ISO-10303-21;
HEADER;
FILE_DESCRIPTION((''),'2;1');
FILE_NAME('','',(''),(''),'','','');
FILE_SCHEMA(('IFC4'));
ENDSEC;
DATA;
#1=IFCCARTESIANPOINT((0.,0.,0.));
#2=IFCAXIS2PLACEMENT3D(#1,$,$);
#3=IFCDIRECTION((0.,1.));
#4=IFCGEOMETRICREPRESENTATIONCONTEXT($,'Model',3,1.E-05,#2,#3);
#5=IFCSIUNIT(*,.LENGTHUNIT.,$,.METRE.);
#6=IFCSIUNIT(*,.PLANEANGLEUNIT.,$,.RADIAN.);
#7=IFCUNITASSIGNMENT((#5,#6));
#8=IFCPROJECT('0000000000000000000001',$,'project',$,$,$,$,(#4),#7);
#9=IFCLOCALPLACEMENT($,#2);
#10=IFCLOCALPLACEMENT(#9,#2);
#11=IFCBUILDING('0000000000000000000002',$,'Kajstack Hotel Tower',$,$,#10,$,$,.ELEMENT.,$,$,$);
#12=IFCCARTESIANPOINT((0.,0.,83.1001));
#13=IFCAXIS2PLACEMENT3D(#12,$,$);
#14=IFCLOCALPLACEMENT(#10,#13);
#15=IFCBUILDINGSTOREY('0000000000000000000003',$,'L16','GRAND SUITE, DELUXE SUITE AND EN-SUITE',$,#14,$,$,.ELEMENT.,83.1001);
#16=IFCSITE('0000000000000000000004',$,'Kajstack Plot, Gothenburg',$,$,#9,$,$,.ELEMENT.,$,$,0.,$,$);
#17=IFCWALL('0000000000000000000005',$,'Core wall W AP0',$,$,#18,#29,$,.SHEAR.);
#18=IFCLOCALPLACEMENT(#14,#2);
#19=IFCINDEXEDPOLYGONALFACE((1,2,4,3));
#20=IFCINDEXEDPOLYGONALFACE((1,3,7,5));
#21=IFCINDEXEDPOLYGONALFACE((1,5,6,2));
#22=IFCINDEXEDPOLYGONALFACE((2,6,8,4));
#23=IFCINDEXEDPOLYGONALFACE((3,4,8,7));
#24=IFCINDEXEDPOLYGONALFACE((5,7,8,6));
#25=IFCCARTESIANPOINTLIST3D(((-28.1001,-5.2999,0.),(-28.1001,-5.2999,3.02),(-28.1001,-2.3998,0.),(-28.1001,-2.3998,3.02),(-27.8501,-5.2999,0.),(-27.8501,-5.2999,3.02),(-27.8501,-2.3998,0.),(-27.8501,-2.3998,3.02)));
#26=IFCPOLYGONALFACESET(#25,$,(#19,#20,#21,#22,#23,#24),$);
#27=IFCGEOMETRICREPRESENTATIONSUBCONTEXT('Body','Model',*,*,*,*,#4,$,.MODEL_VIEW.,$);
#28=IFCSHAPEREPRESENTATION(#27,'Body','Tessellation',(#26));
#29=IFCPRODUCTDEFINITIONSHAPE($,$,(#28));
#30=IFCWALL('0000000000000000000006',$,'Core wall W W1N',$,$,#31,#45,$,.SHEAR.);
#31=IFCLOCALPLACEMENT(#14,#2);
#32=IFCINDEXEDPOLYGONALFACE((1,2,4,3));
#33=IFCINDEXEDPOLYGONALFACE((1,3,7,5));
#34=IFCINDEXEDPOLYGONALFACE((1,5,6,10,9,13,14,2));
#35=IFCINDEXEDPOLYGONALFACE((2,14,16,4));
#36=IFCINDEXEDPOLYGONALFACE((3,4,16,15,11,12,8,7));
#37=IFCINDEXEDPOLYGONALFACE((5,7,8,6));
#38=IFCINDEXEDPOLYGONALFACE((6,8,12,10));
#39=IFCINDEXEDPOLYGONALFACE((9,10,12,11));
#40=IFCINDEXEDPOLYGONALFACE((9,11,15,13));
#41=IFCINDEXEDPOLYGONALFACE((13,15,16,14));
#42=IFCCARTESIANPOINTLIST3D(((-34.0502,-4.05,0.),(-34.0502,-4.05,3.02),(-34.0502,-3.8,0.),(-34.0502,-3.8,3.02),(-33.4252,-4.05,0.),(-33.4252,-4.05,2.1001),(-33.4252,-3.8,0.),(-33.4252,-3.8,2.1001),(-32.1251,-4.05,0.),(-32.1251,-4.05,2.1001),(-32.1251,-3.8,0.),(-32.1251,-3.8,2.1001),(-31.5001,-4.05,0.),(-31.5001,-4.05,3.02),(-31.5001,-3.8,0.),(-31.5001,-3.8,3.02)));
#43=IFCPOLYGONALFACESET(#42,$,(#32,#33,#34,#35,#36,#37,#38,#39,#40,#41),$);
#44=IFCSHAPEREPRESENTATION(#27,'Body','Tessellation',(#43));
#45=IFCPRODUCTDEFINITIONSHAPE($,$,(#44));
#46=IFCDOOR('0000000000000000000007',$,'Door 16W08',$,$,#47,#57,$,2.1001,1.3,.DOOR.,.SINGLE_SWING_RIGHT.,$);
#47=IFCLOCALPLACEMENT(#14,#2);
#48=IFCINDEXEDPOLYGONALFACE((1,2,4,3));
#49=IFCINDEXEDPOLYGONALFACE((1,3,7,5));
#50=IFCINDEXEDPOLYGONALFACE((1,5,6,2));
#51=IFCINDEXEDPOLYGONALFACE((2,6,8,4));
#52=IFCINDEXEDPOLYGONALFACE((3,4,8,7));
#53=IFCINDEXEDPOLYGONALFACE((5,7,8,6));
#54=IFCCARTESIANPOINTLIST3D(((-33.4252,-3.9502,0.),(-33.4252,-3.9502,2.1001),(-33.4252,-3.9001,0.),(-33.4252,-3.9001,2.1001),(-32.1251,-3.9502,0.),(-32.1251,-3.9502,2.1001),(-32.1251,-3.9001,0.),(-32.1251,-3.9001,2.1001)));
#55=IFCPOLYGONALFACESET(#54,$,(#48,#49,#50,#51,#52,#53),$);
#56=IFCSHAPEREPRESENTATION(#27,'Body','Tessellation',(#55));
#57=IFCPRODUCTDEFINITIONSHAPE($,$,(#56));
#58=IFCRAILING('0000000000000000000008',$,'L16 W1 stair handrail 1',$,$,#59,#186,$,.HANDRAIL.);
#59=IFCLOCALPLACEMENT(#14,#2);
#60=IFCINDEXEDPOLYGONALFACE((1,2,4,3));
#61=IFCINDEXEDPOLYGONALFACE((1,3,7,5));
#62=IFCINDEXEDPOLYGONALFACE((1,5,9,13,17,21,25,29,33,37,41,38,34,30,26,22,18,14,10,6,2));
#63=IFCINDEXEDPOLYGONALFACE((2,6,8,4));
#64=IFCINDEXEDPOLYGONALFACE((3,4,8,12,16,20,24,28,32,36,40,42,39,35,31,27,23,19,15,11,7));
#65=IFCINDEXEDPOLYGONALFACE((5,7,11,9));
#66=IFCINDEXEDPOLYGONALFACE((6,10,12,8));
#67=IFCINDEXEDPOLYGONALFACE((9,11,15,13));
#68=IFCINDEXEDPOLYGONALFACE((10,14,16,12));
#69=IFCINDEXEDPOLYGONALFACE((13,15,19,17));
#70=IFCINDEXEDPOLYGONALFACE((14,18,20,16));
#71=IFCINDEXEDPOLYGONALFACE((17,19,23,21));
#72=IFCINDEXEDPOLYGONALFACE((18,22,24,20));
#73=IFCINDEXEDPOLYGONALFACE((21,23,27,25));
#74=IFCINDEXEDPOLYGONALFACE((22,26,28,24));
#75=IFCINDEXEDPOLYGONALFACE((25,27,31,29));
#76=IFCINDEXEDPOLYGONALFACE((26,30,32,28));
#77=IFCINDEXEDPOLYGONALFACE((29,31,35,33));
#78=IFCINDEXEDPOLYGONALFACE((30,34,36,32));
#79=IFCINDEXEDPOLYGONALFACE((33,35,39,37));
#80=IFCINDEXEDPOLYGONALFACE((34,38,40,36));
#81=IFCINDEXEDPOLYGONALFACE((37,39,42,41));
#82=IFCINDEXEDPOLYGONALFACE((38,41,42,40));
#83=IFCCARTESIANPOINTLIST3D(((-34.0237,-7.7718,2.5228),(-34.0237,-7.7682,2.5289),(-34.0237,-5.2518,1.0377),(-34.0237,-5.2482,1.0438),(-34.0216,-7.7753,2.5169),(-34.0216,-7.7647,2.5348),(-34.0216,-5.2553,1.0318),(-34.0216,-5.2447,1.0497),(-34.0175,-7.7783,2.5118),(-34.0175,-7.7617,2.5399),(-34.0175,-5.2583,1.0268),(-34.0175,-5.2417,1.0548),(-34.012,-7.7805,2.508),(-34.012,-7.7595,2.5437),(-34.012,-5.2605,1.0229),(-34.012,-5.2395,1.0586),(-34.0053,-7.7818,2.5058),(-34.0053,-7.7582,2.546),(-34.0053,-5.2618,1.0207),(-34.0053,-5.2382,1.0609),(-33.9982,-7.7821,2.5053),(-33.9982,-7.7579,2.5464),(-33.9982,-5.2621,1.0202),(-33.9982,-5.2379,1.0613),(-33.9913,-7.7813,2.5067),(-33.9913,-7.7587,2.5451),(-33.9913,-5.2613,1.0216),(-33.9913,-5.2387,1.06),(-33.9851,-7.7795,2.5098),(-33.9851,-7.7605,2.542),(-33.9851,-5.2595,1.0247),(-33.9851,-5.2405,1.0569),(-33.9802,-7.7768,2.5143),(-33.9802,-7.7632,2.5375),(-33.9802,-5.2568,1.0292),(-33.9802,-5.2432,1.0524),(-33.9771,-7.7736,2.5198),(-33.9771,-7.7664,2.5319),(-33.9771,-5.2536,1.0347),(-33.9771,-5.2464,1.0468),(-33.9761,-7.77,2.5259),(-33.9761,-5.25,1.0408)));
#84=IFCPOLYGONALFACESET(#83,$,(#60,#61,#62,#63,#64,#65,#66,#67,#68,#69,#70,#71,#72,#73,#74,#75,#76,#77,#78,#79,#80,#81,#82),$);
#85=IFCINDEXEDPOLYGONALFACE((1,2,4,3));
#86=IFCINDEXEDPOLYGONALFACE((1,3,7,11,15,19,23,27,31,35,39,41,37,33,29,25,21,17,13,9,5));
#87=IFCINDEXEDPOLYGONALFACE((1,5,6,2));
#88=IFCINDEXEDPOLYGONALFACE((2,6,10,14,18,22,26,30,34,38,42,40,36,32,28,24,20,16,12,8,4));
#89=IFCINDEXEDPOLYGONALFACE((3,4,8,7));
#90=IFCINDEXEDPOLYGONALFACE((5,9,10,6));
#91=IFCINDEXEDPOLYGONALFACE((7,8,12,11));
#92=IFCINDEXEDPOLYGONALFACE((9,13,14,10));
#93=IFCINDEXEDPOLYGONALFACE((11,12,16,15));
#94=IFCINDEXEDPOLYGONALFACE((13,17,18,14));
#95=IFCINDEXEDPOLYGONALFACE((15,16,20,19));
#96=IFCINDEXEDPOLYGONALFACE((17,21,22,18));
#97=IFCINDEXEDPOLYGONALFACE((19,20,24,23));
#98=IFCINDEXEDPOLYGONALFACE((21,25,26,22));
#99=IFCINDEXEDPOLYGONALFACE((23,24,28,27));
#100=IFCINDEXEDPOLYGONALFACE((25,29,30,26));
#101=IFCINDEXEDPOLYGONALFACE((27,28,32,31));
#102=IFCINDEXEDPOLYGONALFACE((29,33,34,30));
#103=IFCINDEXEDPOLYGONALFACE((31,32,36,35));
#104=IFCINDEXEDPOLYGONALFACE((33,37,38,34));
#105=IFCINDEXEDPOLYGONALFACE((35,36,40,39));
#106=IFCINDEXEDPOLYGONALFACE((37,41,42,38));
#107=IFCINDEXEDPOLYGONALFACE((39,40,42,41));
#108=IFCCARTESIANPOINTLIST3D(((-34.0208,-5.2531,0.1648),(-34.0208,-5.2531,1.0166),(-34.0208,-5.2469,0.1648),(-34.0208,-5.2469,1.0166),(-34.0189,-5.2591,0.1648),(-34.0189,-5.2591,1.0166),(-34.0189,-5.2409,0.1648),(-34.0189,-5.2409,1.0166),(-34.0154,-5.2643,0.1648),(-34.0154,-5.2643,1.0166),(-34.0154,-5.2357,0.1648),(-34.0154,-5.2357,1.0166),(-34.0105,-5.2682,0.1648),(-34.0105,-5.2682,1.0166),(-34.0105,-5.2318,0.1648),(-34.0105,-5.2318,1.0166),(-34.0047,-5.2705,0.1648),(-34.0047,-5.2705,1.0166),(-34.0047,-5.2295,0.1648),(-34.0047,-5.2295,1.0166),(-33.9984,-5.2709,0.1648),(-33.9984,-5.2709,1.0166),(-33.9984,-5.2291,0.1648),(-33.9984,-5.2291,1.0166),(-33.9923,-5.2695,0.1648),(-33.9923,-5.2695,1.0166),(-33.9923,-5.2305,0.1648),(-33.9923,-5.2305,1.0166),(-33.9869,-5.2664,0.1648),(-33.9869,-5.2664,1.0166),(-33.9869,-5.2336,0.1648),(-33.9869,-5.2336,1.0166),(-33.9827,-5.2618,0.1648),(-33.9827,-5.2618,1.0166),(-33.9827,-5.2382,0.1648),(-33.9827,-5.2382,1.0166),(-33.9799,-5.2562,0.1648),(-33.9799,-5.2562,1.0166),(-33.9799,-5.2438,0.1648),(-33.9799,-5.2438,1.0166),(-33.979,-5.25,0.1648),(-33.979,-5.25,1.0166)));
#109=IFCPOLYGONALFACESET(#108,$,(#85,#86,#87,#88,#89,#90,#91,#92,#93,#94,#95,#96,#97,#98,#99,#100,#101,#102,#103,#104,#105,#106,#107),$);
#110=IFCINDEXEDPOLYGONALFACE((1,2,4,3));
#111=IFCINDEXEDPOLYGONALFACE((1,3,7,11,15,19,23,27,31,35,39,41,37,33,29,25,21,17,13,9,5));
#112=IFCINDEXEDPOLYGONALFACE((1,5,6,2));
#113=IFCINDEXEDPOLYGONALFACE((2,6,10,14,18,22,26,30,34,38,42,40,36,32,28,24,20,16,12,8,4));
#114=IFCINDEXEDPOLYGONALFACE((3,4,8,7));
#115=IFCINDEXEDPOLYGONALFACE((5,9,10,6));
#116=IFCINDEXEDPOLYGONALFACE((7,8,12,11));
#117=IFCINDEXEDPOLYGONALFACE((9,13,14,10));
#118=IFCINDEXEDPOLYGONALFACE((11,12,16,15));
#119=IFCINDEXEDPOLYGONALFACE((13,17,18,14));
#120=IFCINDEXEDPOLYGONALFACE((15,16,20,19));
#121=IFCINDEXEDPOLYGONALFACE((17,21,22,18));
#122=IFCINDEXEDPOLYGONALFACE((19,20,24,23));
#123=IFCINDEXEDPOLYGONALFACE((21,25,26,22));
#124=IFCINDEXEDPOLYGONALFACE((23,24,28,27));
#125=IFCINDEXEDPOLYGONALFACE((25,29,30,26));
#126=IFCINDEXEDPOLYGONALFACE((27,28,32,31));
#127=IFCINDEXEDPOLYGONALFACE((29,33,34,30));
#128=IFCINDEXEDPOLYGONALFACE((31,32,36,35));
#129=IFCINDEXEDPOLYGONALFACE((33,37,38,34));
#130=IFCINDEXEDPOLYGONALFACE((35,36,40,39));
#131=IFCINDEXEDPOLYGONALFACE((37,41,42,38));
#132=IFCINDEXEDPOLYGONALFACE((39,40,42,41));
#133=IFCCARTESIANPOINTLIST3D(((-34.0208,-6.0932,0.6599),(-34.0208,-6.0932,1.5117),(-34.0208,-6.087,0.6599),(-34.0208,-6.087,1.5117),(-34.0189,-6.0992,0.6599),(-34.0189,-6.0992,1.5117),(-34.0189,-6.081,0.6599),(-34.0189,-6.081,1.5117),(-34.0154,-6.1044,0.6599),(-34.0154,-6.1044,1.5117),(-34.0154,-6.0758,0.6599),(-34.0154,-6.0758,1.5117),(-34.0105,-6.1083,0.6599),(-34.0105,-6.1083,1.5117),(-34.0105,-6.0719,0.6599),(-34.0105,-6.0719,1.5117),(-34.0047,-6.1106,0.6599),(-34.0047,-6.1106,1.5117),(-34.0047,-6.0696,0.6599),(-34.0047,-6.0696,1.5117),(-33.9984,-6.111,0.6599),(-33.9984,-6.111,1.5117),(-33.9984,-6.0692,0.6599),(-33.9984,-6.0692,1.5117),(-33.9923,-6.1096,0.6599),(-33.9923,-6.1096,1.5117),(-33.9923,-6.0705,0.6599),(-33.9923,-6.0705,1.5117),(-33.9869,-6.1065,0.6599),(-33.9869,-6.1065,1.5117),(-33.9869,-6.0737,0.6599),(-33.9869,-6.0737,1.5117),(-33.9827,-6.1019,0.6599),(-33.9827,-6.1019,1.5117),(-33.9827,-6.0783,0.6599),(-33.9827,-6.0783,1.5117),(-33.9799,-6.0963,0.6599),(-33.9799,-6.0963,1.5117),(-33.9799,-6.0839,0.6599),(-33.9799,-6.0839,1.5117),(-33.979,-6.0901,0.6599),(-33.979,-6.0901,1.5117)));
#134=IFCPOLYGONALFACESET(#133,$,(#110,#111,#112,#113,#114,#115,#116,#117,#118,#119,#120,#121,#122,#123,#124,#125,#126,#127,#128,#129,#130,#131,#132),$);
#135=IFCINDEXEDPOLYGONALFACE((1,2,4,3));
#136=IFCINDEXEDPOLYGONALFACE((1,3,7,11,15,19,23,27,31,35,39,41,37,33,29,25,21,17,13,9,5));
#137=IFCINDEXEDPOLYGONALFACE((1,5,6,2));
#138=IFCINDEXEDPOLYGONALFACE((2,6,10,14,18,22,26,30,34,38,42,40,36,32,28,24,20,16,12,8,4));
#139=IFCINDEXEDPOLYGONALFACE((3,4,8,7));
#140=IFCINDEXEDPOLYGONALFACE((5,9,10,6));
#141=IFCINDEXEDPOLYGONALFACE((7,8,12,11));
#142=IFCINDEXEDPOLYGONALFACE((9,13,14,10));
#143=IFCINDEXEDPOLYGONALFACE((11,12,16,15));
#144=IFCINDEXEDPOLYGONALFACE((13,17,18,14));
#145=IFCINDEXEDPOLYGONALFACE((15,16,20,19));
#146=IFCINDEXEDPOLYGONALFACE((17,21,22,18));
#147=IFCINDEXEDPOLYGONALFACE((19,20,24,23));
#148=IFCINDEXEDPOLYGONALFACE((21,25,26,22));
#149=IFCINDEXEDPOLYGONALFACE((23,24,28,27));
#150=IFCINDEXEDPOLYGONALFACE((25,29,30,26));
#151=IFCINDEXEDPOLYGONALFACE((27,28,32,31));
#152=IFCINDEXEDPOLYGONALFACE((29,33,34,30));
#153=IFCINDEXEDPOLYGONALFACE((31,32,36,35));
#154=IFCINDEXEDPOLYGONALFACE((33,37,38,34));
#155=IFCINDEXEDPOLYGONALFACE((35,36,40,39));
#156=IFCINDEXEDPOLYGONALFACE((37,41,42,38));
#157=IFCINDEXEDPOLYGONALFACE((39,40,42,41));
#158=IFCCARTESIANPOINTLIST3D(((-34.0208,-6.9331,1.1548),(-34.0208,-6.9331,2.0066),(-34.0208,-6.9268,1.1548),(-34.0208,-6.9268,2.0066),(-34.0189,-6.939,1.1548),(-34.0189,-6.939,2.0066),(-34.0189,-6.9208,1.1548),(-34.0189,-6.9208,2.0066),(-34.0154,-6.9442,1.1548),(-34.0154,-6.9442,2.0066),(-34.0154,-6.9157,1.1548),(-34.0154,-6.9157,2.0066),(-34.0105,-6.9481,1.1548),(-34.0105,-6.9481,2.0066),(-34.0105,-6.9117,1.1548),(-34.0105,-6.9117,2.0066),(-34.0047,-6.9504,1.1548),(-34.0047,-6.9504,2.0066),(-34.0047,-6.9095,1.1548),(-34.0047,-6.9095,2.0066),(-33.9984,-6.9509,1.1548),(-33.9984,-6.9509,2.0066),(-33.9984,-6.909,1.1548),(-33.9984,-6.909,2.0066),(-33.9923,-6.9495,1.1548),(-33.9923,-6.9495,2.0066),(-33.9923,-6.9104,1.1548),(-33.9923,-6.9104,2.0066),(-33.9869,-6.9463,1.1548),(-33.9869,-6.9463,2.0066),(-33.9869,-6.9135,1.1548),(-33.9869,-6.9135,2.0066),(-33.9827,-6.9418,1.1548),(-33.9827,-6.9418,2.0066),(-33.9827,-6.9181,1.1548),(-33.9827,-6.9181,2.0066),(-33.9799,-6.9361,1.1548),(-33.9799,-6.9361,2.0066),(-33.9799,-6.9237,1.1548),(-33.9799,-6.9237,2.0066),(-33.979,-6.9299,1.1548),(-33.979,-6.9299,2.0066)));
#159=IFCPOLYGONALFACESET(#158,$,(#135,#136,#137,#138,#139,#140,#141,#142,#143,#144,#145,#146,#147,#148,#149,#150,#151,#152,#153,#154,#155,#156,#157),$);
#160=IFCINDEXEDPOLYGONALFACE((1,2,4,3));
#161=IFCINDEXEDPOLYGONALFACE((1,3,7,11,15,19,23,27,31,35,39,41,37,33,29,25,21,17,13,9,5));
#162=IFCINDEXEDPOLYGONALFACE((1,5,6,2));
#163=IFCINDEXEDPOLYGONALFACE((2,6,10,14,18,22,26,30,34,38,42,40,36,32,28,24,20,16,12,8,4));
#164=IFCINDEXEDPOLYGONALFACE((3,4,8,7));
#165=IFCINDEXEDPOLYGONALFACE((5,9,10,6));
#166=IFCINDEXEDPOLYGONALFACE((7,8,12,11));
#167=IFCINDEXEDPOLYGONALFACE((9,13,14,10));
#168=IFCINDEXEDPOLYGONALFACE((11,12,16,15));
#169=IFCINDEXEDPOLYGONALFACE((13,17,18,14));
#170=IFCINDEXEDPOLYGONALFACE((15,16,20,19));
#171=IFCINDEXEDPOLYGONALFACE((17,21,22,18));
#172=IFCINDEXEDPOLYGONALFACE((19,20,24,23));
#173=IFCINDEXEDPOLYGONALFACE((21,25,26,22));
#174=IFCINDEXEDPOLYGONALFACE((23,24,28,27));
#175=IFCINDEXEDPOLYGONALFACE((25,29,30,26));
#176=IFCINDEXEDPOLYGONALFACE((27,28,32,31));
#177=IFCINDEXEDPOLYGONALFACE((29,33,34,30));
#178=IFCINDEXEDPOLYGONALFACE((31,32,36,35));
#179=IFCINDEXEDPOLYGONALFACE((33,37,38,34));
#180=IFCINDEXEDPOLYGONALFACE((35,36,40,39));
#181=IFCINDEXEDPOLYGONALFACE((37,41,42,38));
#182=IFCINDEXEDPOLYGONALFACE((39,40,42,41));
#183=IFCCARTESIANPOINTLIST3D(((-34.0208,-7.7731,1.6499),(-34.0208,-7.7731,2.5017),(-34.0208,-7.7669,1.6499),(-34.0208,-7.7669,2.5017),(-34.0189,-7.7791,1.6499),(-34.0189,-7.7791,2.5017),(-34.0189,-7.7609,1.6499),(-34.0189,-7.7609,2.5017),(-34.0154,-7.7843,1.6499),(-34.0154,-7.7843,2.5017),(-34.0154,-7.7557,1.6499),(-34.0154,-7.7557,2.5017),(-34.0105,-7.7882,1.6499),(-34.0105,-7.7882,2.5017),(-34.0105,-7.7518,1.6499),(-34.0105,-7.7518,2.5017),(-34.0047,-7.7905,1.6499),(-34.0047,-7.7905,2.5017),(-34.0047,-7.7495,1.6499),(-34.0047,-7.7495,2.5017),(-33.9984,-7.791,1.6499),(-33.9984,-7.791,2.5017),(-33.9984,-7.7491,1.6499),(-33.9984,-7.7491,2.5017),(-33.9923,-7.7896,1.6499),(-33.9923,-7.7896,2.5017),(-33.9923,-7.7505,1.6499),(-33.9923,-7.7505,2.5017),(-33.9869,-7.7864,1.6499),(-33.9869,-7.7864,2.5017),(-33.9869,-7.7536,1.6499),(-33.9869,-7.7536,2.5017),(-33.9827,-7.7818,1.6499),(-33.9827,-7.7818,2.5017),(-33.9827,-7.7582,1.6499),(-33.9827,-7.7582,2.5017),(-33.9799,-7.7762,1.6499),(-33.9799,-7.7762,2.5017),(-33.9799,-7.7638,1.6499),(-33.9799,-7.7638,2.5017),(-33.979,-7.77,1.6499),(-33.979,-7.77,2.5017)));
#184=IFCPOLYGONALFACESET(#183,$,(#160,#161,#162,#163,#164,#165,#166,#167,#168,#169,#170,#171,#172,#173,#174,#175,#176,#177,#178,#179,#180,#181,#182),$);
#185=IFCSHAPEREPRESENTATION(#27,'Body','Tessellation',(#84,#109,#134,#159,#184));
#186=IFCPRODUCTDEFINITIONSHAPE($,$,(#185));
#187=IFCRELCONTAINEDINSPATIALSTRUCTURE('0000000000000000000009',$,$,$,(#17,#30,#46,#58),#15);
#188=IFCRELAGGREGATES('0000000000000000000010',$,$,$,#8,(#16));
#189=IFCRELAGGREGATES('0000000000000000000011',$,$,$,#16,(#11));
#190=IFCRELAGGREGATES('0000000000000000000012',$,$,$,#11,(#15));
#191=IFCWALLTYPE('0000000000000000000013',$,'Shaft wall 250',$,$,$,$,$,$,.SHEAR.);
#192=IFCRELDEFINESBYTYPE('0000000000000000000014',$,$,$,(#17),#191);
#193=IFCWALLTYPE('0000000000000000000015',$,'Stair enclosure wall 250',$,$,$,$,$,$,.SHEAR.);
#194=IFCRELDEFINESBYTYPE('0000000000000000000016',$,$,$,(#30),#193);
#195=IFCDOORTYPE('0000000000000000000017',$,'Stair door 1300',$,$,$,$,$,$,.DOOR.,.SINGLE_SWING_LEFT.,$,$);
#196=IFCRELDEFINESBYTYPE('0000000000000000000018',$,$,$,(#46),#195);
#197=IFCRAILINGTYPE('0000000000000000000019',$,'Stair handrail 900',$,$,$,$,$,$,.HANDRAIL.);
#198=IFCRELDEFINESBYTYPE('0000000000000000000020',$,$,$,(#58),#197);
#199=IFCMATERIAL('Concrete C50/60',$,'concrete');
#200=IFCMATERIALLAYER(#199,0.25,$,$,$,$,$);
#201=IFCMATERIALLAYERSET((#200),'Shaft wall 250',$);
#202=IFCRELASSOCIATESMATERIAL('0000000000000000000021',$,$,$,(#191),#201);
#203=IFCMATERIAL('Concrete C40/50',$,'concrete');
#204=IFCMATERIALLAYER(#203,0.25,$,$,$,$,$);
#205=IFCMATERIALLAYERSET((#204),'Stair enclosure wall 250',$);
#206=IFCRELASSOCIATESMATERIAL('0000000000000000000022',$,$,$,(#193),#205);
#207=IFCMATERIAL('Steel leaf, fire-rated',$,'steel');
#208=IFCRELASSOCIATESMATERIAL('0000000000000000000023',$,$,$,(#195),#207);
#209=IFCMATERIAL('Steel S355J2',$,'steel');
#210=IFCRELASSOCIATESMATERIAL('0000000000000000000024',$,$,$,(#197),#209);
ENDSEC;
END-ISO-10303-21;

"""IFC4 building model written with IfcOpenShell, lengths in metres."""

from ifc_helpers import new_model, si_unit, direction, frame, frame_2d, origin, origin_2d, place, context, subcontext, project, spatial, rectangle, circle, extrude, material, layer, layer_set, type_object, element, fill, save


model = new_model("IFC4")

# Units and contexts
model_context = context("Model", 3, precision=1e-05, world=origin(), true_north=direction((0.0, 1.0)))
body_context = subcontext(model_context, "Body", "Model", "MODEL_VIEW")
ifc_project = project(units=[si_unit("LENGTHUNIT", "METRE"), si_unit("PLANEANGLEUNIT", "RADIAN")], contexts=[model_context])

# Site, building, storey
site_placement = place(None, origin())
site = spatial("IfcSite", under=ifc_project, at=site_placement, Name="Kajstack Plot, Gothenburg", CompositionType="ELEMENT", RefElevation=0.0)
building_placement = place(site_placement, origin())
building = spatial("IfcBuilding", under=site, at=building_placement, Name="Kajstack Hotel Tower", CompositionType="ELEMENT")
storey_placement = place(building_placement, frame((0.0, 0.0, 83.1001)))
storey = spatial("IfcBuildingStorey", under=building, at=storey_placement, Name="L16", Description="GRAND SUITE, DELUXE SUITE AND EN-SUITE", CompositionType="ELEMENT", Elevation=83.1001)

# Shared definitions
ifc_material_1 = material(Name="Steel leaf, fire-rated", Category="steel")

# Wall
ifc_material_2 = material(Name="Concrete C50/60", Category="concrete")
ifc_layer_1 = layer(ifc_material_2, 0.25)
ifc_layer_set_1 = layer_set([ifc_layer_1], Name="Shaft wall 250")
wall_type_1 = type_object("IfcWallType", Name="Shaft wall 250", PredefinedType="SHEAR", material=ifc_layer_set_1)
wall_1_placement = place(storey_placement, frame((-27.9751, -5.3, 0.0), z_axis=(0.0, 0.0, 1.0), x_axis=(0.0, 1.0, 0.0)))
element("IfcWall", 1, at=wall_1_placement, inside=storey, type_object=wall_type_1, Name="Core wall W AP0", PredefinedType="SHEAR", context=body_context, shape_type="SweptSolid", body=[
    extrude(rectangle(XDim=2.9001, YDim=0.25, at=frame_2d((1.4502, 0.0))), origin(), (0.0, 0.0, 1.0), 3.02),
])

# Wall, opening, door
ifc_material_3 = material(Name="Concrete C40/50", Category="concrete")
ifc_layer_2 = layer(ifc_material_3, 0.25)
ifc_layer_set_2 = layer_set([ifc_layer_2], Name="Stair enclosure wall 250")
wall_type_2 = type_object("IfcWallType", Name="Stair enclosure wall 250", PredefinedType="SHEAR", material=ifc_layer_set_2)
wall_2_placement = place(storey_placement, frame((-34.05, -3.925, 0.0), z_axis=(0.0, 0.0, 1.0), x_axis=(1.0, 0.0, 0.0)))
wall_2 = element("IfcWall", 2, at=wall_2_placement, inside=storey, type_object=wall_type_2, Name="Core wall W W1N", PredefinedType="SHEAR", context=body_context, shape_type="SweptSolid", body=[
    extrude(rectangle(XDim=2.55, YDim=0.25, at=frame_2d((1.2749, 0.0))), origin(), (0.0, 0.0, 1.0), 3.02),
])
opening_1_placement = place(wall_2_placement, frame((0.625, 0.0, 0.0)))
opening_1 = element("IfcOpeningElement", 3, at=opening_1_placement, cuts=wall_2, PredefinedType="OPENING", context=body_context, shape_type="SweptSolid", body=[
    extrude(rectangle(XDim=1.3, YDim=2.1001, at=frame_2d((0.6499, 1.05))), frame((0.0, 0.135, 0.0), z_axis=(0.0, -1.0, 0.0), x_axis=(1.0, 0.0, 0.0)), (0.0, 0.0, 1.0), 0.27),
])
door_type_1 = type_object("IfcDoorType", Name="Stair door 1300", OperationType="SINGLE_SWING_LEFT", PredefinedType="DOOR", material=ifc_material_1)
door_1_placement = place(opening_1_placement, origin())
door_1 = element("IfcDoor", 4, at=door_1_placement, inside=storey, type_object=door_type_1, Name="Door 16W08", OperationType="SINGLE_SWING_RIGHT", OverallHeight=2.1001, OverallWidth=1.3, PredefinedType="DOOR", context=body_context, shape_type="SweptSolid", body=[
    extrude(rectangle(XDim=1.3, YDim=2.1001, at=frame_2d((0.6499, 1.05))), frame((0.0, 0.0249, 0.0), z_axis=(0.0, -1.0, 0.0), x_axis=(1.0, 0.0, 0.0)), (0.0, 0.0, 1.0), 0.05),
])
fill(opening_1, door_1)

# Railing
ifc_material_4 = material(Name="Steel S355J2", Category="steel")
railing_type_1 = type_object("IfcRailingType", Name="Stair handrail 900", PredefinedType="HANDRAIL", material=ifc_material_4)
railing_1_placement = place(storey_placement, frame((-34.0, -5.25, 0.1648)))
element("IfcRailing", 5, at=railing_1_placement, inside=storey, type_object=railing_type_1, Name="L16 W1 stair handrail 1", PredefinedType="HANDRAIL", context=body_context, shape_type="SweptSolid", body=[
    extrude(circle(Radius=0.0239, at=origin_2d()), frame((0.0, 0.0, 0.876), z_axis=(0.0, -0.861524, 0.507717), x_axis=(1.0, 0.0, 0.0)), (0.0, 0.0, 1.0), 2.925),
    extrude(circle(Radius=0.021, at=origin_2d()), origin(), (0.0, 0.0, 1.0), 0.8518),
    extrude(circle(Radius=0.021, at=origin_2d()), frame((0.0, -0.8401, 0.4951)), (0.0, 0.0, 1.0), 0.8518),
    extrude(circle(Radius=0.021, at=origin_2d()), frame((0.0, -1.6799, 0.99)), (0.0, 0.0, 1.0), 0.8518),
    extrude(circle(Radius=0.021, at=origin_2d()), frame((0.0, -2.52, 1.4851)), (0.0, 0.0, 1.0), 0.8518),
])

save(model, "model.ifc")
